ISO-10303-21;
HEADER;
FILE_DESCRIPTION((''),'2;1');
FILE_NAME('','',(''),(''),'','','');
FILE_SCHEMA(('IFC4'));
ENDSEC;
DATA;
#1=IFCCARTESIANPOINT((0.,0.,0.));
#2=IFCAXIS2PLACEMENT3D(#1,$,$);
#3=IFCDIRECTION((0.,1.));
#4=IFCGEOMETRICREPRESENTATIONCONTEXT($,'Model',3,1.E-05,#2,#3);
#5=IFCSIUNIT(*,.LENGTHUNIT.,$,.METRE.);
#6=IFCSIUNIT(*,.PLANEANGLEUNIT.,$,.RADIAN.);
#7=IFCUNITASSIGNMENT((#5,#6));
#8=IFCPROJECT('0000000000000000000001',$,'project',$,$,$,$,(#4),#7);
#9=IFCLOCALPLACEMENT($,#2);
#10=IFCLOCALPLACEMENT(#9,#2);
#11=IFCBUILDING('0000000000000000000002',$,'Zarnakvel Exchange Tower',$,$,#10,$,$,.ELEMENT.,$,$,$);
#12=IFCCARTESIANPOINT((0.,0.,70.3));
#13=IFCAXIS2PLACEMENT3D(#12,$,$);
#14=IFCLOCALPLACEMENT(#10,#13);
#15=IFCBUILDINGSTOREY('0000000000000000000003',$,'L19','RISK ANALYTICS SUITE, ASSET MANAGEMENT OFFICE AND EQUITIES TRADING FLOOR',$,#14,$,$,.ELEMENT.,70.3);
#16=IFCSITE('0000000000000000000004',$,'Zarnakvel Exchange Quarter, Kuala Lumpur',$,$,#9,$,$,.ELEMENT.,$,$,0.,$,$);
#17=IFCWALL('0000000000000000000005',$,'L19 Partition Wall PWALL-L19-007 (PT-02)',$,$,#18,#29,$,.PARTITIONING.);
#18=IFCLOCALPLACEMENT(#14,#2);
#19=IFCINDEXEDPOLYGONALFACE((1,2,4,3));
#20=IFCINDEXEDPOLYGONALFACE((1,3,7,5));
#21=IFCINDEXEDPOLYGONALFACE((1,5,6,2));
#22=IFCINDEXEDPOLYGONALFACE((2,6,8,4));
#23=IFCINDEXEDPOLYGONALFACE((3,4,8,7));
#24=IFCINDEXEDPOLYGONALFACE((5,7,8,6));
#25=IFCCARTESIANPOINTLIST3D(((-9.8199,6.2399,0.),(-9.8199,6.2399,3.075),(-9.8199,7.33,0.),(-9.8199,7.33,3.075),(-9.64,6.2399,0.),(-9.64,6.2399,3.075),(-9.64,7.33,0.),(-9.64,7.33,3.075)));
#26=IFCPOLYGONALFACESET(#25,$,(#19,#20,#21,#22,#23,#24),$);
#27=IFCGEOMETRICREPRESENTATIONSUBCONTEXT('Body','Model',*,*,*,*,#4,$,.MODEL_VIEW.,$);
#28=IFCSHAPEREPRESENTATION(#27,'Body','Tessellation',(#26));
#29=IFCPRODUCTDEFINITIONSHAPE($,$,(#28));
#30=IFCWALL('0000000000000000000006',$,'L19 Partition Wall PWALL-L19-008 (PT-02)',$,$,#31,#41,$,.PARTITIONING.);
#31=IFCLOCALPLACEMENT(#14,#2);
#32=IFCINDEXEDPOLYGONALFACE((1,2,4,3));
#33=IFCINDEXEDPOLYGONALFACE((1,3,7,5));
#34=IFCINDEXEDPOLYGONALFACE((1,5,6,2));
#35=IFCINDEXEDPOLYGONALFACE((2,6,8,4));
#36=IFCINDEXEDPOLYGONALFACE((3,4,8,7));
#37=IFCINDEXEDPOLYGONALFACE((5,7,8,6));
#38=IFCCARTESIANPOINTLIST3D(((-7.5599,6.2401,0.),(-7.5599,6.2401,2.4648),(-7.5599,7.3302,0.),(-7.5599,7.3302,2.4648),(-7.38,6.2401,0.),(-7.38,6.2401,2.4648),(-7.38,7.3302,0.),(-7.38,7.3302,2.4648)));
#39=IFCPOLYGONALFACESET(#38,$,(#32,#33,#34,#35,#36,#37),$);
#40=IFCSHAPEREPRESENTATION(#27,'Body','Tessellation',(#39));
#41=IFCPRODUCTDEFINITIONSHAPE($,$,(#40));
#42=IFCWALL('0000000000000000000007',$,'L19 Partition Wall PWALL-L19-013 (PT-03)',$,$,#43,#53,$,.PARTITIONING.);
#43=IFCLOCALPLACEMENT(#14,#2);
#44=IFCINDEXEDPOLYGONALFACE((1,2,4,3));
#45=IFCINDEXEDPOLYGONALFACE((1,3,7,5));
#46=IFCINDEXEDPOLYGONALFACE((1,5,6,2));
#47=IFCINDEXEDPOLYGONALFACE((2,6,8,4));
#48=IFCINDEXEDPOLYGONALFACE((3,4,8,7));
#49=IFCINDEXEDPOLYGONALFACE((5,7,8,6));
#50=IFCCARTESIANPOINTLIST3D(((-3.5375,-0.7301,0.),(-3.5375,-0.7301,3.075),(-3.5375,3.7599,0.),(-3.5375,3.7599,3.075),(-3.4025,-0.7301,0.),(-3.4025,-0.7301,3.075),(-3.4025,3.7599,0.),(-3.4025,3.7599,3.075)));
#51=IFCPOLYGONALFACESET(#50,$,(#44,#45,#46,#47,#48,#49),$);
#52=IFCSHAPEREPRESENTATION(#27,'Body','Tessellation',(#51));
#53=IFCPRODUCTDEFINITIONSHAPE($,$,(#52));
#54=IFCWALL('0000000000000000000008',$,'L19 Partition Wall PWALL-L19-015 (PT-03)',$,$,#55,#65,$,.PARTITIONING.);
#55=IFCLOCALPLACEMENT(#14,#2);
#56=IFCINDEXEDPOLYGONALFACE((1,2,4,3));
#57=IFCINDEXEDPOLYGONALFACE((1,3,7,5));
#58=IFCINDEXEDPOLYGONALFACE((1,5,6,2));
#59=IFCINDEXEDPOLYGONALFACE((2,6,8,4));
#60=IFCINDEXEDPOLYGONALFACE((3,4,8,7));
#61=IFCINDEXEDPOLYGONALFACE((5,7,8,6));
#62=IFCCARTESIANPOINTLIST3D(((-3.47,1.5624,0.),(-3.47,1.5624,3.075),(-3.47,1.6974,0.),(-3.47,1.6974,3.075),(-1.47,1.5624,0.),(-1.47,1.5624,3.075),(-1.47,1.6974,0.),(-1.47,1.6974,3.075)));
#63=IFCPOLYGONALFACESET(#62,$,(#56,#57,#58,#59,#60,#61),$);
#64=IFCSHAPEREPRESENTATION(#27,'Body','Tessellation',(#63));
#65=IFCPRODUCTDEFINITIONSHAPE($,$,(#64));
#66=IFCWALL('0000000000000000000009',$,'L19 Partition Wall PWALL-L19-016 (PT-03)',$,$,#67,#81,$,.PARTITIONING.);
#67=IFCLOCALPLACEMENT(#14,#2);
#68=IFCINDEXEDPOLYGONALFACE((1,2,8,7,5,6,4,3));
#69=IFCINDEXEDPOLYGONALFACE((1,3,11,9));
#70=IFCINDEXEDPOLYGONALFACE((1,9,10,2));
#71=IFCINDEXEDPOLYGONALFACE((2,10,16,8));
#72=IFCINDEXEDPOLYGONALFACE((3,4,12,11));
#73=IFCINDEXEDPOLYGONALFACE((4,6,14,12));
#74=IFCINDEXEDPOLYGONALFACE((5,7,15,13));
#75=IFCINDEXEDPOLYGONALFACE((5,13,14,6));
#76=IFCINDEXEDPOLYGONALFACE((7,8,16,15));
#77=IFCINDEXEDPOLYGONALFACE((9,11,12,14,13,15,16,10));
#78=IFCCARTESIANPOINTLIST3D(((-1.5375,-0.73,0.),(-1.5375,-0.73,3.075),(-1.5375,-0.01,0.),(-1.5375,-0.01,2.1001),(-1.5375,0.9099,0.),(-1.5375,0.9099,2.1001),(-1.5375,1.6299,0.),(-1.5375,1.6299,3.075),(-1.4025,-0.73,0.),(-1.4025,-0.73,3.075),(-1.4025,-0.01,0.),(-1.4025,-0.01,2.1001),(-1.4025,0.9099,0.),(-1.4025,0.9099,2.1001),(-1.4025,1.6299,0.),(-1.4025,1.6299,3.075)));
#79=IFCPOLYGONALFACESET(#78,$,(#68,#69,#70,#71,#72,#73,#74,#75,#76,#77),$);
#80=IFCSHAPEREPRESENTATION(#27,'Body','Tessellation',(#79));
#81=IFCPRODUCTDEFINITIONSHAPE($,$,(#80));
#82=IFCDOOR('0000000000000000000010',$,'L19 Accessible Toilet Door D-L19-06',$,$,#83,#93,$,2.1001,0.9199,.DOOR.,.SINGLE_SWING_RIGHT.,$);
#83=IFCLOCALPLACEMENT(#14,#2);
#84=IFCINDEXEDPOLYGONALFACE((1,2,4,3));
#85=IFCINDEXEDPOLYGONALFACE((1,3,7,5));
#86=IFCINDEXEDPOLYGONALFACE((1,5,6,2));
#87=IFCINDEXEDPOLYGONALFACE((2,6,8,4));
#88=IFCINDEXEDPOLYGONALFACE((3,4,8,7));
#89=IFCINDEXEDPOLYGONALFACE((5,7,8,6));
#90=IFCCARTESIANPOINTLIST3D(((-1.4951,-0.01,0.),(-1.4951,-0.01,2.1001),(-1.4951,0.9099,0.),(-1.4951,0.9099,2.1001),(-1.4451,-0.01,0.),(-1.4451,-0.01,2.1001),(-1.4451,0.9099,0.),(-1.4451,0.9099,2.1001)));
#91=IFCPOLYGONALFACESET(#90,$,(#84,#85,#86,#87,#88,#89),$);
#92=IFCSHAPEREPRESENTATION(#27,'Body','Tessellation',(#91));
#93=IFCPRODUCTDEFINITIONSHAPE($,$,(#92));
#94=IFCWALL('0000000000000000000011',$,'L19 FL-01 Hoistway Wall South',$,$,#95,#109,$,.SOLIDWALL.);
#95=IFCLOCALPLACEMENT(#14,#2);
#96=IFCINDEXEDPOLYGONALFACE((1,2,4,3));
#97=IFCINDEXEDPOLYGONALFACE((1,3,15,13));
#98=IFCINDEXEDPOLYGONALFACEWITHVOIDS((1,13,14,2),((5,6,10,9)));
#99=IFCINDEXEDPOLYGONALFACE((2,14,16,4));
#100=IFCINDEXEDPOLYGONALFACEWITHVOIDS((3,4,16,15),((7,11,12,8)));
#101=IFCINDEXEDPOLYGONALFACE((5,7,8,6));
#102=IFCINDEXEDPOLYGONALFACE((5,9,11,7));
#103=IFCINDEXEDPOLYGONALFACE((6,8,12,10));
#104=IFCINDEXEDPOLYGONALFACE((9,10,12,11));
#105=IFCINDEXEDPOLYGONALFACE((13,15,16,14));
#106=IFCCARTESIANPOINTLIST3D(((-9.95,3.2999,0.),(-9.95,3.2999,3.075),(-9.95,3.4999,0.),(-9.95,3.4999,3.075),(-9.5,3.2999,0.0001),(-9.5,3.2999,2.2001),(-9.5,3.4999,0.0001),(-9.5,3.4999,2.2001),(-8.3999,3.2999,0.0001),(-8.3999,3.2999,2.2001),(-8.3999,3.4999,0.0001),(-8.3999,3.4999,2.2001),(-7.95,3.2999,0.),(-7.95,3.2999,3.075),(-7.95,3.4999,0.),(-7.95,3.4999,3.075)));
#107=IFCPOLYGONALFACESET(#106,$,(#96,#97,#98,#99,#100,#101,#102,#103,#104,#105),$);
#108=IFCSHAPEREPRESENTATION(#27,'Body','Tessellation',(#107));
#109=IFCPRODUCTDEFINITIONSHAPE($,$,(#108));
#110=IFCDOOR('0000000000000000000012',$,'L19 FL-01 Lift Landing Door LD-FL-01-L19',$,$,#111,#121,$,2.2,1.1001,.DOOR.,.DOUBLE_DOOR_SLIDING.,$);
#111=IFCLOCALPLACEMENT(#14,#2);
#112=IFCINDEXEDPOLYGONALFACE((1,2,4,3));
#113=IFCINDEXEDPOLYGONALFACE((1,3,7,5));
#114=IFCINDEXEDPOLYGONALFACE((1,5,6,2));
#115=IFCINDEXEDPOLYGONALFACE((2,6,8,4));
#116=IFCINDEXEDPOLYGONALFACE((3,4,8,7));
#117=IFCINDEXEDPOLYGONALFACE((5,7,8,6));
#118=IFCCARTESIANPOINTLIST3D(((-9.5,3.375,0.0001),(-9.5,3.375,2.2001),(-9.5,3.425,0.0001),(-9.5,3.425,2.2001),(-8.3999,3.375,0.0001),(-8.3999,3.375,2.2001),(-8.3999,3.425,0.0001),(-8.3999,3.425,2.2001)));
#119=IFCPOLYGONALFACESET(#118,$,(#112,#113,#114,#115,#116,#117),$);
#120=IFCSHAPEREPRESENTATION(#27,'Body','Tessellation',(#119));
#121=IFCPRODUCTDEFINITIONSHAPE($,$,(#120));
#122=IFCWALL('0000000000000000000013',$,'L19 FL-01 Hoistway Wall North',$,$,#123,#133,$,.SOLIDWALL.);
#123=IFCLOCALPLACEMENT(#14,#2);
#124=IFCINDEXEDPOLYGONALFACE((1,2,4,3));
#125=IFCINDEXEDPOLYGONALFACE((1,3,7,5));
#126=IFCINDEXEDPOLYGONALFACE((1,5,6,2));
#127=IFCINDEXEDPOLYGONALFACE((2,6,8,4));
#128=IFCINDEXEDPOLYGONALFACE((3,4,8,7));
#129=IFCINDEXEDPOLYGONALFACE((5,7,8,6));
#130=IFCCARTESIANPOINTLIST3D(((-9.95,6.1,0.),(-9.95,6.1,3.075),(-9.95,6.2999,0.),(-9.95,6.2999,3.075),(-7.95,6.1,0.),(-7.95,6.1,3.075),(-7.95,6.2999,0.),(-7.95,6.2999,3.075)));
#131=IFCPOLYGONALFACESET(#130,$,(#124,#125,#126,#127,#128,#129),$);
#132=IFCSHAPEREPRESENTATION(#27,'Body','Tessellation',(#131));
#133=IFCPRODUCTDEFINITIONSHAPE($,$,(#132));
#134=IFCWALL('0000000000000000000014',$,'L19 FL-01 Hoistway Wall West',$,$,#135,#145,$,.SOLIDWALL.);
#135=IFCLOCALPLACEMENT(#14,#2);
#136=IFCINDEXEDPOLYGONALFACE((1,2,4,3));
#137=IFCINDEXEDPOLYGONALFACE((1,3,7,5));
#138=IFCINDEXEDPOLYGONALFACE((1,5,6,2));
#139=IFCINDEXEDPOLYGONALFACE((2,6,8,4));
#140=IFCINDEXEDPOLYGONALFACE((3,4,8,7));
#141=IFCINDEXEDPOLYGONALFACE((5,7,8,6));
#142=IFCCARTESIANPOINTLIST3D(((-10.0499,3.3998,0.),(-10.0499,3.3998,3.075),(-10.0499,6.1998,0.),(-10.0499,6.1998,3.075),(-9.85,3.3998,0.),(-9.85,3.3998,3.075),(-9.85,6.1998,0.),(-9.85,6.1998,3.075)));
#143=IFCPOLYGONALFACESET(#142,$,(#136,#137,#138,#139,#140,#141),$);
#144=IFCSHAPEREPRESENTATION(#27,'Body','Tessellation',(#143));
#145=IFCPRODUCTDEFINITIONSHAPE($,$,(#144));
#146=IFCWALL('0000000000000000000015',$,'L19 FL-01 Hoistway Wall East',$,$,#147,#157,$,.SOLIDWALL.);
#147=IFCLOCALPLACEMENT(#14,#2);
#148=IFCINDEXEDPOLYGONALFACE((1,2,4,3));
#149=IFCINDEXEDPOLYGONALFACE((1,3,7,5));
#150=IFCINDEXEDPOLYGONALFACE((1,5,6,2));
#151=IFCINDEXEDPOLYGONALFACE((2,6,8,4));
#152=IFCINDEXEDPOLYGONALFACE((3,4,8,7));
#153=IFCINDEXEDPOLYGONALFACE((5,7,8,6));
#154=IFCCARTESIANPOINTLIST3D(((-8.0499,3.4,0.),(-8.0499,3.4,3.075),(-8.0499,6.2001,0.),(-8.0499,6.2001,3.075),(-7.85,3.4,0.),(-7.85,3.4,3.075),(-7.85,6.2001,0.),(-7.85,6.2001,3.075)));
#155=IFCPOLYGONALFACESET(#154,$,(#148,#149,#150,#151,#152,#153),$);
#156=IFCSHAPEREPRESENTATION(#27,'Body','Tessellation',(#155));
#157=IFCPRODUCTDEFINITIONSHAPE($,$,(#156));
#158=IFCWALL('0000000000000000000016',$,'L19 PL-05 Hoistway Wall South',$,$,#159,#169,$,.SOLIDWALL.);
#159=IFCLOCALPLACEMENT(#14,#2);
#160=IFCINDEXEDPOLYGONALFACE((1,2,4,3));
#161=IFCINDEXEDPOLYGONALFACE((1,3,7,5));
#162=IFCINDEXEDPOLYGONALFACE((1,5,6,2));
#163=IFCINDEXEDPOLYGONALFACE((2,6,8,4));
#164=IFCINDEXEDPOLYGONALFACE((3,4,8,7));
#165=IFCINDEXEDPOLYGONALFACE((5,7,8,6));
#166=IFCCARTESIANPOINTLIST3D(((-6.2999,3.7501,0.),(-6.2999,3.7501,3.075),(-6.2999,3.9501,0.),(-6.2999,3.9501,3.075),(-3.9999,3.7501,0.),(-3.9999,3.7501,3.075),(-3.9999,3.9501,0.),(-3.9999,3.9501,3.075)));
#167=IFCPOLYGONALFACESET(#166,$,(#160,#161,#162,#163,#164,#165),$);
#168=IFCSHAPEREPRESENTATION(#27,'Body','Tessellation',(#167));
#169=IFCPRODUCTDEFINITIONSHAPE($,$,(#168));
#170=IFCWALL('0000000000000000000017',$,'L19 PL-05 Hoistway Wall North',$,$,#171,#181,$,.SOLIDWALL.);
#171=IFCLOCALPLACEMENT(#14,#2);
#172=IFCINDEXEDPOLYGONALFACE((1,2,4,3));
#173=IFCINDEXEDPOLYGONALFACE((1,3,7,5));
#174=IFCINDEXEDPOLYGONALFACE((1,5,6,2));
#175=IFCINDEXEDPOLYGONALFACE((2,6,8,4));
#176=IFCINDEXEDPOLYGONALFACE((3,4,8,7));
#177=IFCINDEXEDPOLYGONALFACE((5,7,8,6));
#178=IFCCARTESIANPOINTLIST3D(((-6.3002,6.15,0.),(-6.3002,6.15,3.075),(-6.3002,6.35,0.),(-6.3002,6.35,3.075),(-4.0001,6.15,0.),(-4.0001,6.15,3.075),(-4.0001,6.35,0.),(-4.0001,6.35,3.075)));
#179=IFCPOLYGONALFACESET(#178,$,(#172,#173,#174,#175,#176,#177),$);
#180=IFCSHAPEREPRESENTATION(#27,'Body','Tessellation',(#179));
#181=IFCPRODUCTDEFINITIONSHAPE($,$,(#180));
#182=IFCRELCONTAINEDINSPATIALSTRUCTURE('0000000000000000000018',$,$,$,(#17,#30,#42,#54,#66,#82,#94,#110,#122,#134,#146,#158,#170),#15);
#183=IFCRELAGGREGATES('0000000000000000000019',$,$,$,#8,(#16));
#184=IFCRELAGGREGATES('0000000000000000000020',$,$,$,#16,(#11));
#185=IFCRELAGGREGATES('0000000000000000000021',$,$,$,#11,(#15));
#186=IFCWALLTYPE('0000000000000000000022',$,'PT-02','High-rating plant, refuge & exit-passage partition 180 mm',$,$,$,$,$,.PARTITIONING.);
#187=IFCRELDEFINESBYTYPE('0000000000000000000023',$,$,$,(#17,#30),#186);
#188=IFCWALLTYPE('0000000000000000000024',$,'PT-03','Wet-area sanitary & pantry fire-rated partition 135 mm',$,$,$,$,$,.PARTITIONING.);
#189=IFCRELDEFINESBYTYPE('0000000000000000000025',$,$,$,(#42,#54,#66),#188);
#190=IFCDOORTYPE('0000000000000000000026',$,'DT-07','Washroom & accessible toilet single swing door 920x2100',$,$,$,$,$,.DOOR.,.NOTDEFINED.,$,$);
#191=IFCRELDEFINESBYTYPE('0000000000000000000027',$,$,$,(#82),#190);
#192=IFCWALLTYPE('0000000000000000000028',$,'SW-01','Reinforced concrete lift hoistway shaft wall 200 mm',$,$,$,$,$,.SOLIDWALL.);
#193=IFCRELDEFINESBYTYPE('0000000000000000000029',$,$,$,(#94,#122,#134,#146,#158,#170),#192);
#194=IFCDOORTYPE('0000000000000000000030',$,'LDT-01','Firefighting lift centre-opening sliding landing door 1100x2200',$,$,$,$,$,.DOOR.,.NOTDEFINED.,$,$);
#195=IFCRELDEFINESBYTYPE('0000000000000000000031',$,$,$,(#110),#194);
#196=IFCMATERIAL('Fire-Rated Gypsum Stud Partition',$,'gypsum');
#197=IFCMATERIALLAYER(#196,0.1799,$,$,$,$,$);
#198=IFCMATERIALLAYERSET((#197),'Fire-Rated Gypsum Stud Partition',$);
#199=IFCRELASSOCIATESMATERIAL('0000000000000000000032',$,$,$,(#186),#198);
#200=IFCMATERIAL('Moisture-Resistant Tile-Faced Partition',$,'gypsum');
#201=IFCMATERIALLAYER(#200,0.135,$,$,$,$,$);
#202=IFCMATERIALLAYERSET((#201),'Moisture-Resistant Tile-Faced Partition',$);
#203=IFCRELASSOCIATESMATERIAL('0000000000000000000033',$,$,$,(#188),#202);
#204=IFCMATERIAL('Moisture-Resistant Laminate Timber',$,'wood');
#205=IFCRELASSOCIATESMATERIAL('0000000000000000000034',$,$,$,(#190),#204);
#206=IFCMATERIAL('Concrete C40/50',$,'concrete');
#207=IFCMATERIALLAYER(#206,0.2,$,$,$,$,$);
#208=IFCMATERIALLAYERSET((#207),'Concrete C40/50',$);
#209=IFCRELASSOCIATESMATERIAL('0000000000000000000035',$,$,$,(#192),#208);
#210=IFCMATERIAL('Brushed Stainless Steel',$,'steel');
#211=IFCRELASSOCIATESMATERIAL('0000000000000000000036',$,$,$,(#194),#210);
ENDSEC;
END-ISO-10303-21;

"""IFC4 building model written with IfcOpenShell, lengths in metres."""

from ifc_helpers import new_model, si_unit, direction, frame, frame_2d, origin, place, context, subcontext, project, spatial, rectangle, extrude, source, transform, mapped, material, layer, layer_set, type_object, element, fill, save


model = new_model("IFC4")

# Units and contexts
model_context = context("Model", 3, precision=1e-05, world=origin(), true_north=direction((0.0, 1.0)))
body_context = subcontext(model_context, "Body", "Model", "MODEL_VIEW")
ifc_project = project(units=[si_unit("LENGTHUNIT", "METRE"), si_unit("PLANEANGLEUNIT", "RADIAN")], contexts=[model_context])

# Site, building, storey
site_placement = place(None, origin())
site = spatial("IfcSite", under=ifc_project, at=site_placement, Name="Zarnakvel Exchange Quarter, Kuala Lumpur", CompositionType="ELEMENT", RefElevation=0.0)
building_placement = place(site_placement, origin())
building = spatial("IfcBuilding", under=site, at=building_placement, Name="Zarnakvel Exchange Tower", CompositionType="ELEMENT")
storey_placement = place(building_placement, frame((0.0, 0.0, 70.3)))
storey = spatial("IfcBuildingStorey", under=building, at=storey_placement, Name="L19", Description="RISK ANALYTICS SUITE, ASSET MANAGEMENT OFFICE AND EQUITIES TRADING FLOOR", CompositionType="ELEMENT", Elevation=70.3)

# Walls
ifc_material_1 = material(Name="Fire-Rated Gypsum Stud Partition", Category="gypsum")
ifc_layer_1 = layer(ifc_material_1, 0.1799)
ifc_layer_set_1 = layer_set([ifc_layer_1], Name="Fire-Rated Gypsum Stud Partition")
wall_type_1 = type_object("IfcWallType", Name="PT-02", Description="High-rating plant, refuge & exit-passage partition 180 mm", PredefinedType="PARTITIONING", material=ifc_layer_set_1)
wall_1_placement = place(storey_placement, frame((-9.73, 6.24, 0.0), z_axis=(0.0, 0.0, 1.0), x_axis=(0.0, 1.0, 0.0)))
element("IfcWall", 1, at=wall_1_placement, inside=storey, type_object=wall_type_1, Name="L19 Partition Wall PWALL-L19-007 (PT-02)", PredefinedType="PARTITIONING", context=body_context, shape_type="SweptSolid", body=[
    extrude(rectangle(XDim=1.0901, YDim=0.1799, at=frame_2d((0.5449, 0.0))), origin(), (0.0, 0.0, 1.0), 3.075),
])
wall_2_placement = place(storey_placement, frame((-7.47, 7.3301, 0.0), z_axis=(0.0, 0.0, 1.0), x_axis=(0.0, -1.0, 0.0)))
element("IfcWall", 2, at=wall_2_placement, inside=storey, type_object=wall_type_1, Name="L19 Partition Wall PWALL-L19-008 (PT-02)", PredefinedType="PARTITIONING", context=body_context, shape_type="SweptSolid", body=[
    extrude(rectangle(XDim=1.0901, YDim=0.1799, at=frame_2d((0.5449, 0.0))), origin(), (0.0, 0.0, 1.0), 2.4648),
])
ifc_material_2 = material(Name="Moisture-Resistant Tile-Faced Partition", Category="gypsum")
ifc_layer_2 = layer(ifc_material_2, 0.135)
ifc_layer_set_2 = layer_set([ifc_layer_2], Name="Moisture-Resistant Tile-Faced Partition")
wall_type_2 = type_object("IfcWallType", Name="PT-03", Description="Wet-area sanitary & pantry fire-rated partition 135 mm", PredefinedType="PARTITIONING", material=ifc_layer_set_2)
wall_3_placement = place(storey_placement, frame((-3.47, 3.76, 0.0), z_axis=(0.0, 0.0, 1.0), x_axis=(0.0, -1.0, 0.0)))
element("IfcWall", 3, at=wall_3_placement, inside=storey, type_object=wall_type_2, Name="L19 Partition Wall PWALL-L19-013 (PT-03)", PredefinedType="PARTITIONING", context=body_context, shape_type="SweptSolid", body=[
    extrude(rectangle(XDim=4.49, YDim=0.135, at=frame_2d((2.2451, 0.0))), origin(), (0.0, 0.0, 1.0), 3.075),
])
wall_4_placement = place(storey_placement, frame((-3.47, 1.6299, 0.0), z_axis=(0.0, 0.0, 1.0), x_axis=(1.0, 0.0, 0.0)))
element("IfcWall", 4, at=wall_4_placement, inside=storey, type_object=wall_type_2, Name="L19 Partition Wall PWALL-L19-015 (PT-03)", PredefinedType="PARTITIONING", context=body_context, shape_type="SweptSolid", body=[
    extrude(rectangle(XDim=2.0, YDim=0.135, at=frame_2d((1.0, 0.0))), origin(), (0.0, 0.0, 1.0), 3.075),
])

# Walls, openings, doors
wall_5_placement = place(storey_placement, frame((-1.47, 1.6299, 0.0), z_axis=(0.0, 0.0, 1.0), x_axis=(0.0, -1.0, 0.0)))
wall_5 = element("IfcWall", 5, at=wall_5_placement, inside=storey, type_object=wall_type_2, Name="L19 Partition Wall PWALL-L19-016 (PT-03)", PredefinedType="PARTITIONING", context=body_context, shape_type="SweptSolid", body=[
    extrude(rectangle(XDim=2.3599, YDim=0.135, at=frame_2d((1.1799, 0.0))), origin(), (0.0, 0.0, 1.0), 3.075),
])
opening_1_placement = place(wall_5_placement, frame((0.72, 0.0, 0.0)))
opening_1 = element("IfcOpeningElement", 6, at=opening_1_placement, cuts=wall_5, PredefinedType="OPENING", context=body_context, shape_type="SweptSolid", body=[
    extrude(rectangle(XDim=0.9199, YDim=2.1001, at=frame_2d((0.46, 1.05))), frame((0.0, 0.0774, 0.0), z_axis=(0.0, -1.0, 0.0), x_axis=(1.0, 0.0, 0.0)), (0.0, 0.0, 1.0), 0.155),
])
ifc_material_3 = material(Name="Moisture-Resistant Laminate Timber", Category="wood")
door_type_1 = type_object("IfcDoorType", Name="DT-07", Description="Washroom & accessible toilet single swing door 920x2100", OperationType="NOTDEFINED", PredefinedType="DOOR", material=ifc_material_3)
shared_shape_1 = source(origin(), body_context, "Body", "SweptSolid", [
    extrude(rectangle(XDim=0.9199, YDim=2.1001, at=frame_2d((0.46, 1.05))), frame((0.0, 0.0249, 0.0), z_axis=(0.0, -1.0, 0.0), x_axis=(1.0, 0.0, 0.0)), (0.0, 0.0, 1.0), 0.05),
])
door_1_placement = place(opening_1_placement, origin())
door_1 = element("IfcDoor", 7, at=door_1_placement, inside=storey, type_object=door_type_1, Name="L19 Accessible Toilet Door D-L19-06", OperationType="SINGLE_SWING_RIGHT", OverallHeight=2.1001, OverallWidth=0.9199, PredefinedType="DOOR", context=body_context, shape_type="MappedRepresentation", body=[
    mapped(shared_shape_1, transform((0.0, 0.0, 0.0), x_axis=(1.0, 0.0, 0.0), y_axis=(0.0, 1.0, 0.0), z_axis=(0.0, 0.0, 1.0), scale=1.0)),
])
fill(opening_1, door_1)
ifc_material_4 = material(Name="Concrete C40/50", Category="concrete")
ifc_layer_3 = layer(ifc_material_4, 0.2)
ifc_layer_set_3 = layer_set([ifc_layer_3], Name="Concrete C40/50")
wall_type_3 = type_object("IfcWallType", Name="SW-01", Description="Reinforced concrete lift hoistway shaft wall 200 mm", PredefinedType="SOLIDWALL", material=ifc_layer_set_3)
wall_6_placement = place(storey_placement, frame((-7.95, 3.3999, 0.0), z_axis=(0.0, 0.0, 1.0), x_axis=(-1.0, 0.0, 0.0)))
wall_6 = element("IfcWall", 8, at=wall_6_placement, inside=storey, type_object=wall_type_3, Name="L19 FL-01 Hoistway Wall South", PredefinedType="SOLIDWALL", context=body_context, shape_type="SweptSolid", body=[
    extrude(rectangle(XDim=2.0, YDim=0.2, at=frame_2d((1.0, 0.0))), origin(), (0.0, 0.0, 1.0), 3.075),
])
opening_2_placement = place(wall_6_placement, frame((0.45, 0.0, 0.0)))
opening_2 = element("IfcOpeningElement", 9, at=opening_2_placement, cuts=wall_6, PredefinedType="OPENING", context=body_context, shape_type="SweptSolid", body=[
    extrude(rectangle(XDim=1.1001, YDim=2.2, at=frame_2d((0.55, 1.1001))), frame((0.0, 0.1099, 0.0), z_axis=(0.0, -1.0, 0.0), x_axis=(1.0, 0.0, 0.0)), (0.0, 0.0, 1.0), 0.22),
])
ifc_material_5 = material(Name="Brushed Stainless Steel", Category="steel")
door_type_2 = type_object("IfcDoorType", Name="LDT-01", Description="Firefighting lift centre-opening sliding landing door 1100x2200", OperationType="NOTDEFINED", PredefinedType="DOOR", material=ifc_material_5)
shared_shape_2 = source(origin(), body_context, "Body", "SweptSolid", [
    extrude(rectangle(XDim=1.1001, YDim=2.2, at=frame_2d((0.55, 1.1001))), frame((0.0, 0.0249, 0.0), z_axis=(0.0, -1.0, 0.0), x_axis=(1.0, 0.0, 0.0)), (0.0, 0.0, 1.0), 0.05),
])
door_2_placement = place(opening_2_placement, origin())
door_2 = element("IfcDoor", 10, at=door_2_placement, inside=storey, type_object=door_type_2, Name="L19 FL-01 Lift Landing Door LD-FL-01-L19", OperationType="DOUBLE_DOOR_SLIDING", OverallHeight=2.2, OverallWidth=1.1001, PredefinedType="DOOR", context=body_context, shape_type="MappedRepresentation", body=[
    mapped(shared_shape_2, transform((0.0, 0.0, 0.0), x_axis=(1.0, 0.0, 0.0), y_axis=(0.0, 1.0, 0.0), z_axis=(0.0, 0.0, 1.0), scale=1.0)),
])
fill(opening_2, door_2)

# Walls
wall_7_placement = place(storey_placement, frame((-9.95, 6.2, 0.0), z_axis=(0.0, 0.0, 1.0), x_axis=(1.0, 0.0, 0.0)))
element("IfcWall", 11, at=wall_7_placement, inside=storey, type_object=wall_type_3, Name="L19 FL-01 Hoistway Wall North", PredefinedType="SOLIDWALL", context=body_context, shape_type="SweptSolid", body=[
    extrude(rectangle(XDim=2.0, YDim=0.2, at=frame_2d((1.0, 0.0))), origin(), (0.0, 0.0, 1.0), 3.075),
])
for number, where, z_axis, x_axis, name in (
    (12, (-9.95, 3.3999, 0.0), (0.0, 0.0, 1.0), (0.0, 1.0, 0.0), "L19 FL-01 Hoistway Wall West"),
    (13, (-7.95, 6.2, 0.0), (0.0, 0.0, 1.0), (0.0, -1.0, 0.0), "L19 FL-01 Hoistway Wall East"),
):
    element("IfcWall", number, at=place(storey_placement, frame(where, z_axis=z_axis, x_axis=x_axis)), inside=storey, type_object=wall_type_3, Name=name, PredefinedType="SOLIDWALL", context=body_context, shape_type="SweptSolid", body=[
        extrude(rectangle(XDim=2.8, YDim=0.2, at=frame_2d((1.3999, 0.0))), origin(), (0.0, 0.0, 1.0), 3.075),
    ])
for number, where, z_axis, x_axis, name in (
    (14, (-4.0, 3.8501, 0.0), (0.0, 0.0, 1.0), (-1.0, 0.0, 0.0), "L19 PL-05 Hoistway Wall South"),
    (15, (-6.3, 6.25, 0.0), (0.0, 0.0, 1.0), (1.0, 0.0, 0.0), "L19 PL-05 Hoistway Wall North"),
):
    element("IfcWall", number, at=place(storey_placement, frame(where, z_axis=z_axis, x_axis=x_axis)), inside=storey, type_object=wall_type_3, Name=name, PredefinedType="SOLIDWALL", context=body_context, shape_type="SweptSolid", body=[
        extrude(rectangle(XDim=2.3, YDim=0.2, at=frame_2d((1.1499, 0.0))), origin(), (0.0, 0.0, 1.0), 3.075),
    ])

save(model, "model.ifc")
